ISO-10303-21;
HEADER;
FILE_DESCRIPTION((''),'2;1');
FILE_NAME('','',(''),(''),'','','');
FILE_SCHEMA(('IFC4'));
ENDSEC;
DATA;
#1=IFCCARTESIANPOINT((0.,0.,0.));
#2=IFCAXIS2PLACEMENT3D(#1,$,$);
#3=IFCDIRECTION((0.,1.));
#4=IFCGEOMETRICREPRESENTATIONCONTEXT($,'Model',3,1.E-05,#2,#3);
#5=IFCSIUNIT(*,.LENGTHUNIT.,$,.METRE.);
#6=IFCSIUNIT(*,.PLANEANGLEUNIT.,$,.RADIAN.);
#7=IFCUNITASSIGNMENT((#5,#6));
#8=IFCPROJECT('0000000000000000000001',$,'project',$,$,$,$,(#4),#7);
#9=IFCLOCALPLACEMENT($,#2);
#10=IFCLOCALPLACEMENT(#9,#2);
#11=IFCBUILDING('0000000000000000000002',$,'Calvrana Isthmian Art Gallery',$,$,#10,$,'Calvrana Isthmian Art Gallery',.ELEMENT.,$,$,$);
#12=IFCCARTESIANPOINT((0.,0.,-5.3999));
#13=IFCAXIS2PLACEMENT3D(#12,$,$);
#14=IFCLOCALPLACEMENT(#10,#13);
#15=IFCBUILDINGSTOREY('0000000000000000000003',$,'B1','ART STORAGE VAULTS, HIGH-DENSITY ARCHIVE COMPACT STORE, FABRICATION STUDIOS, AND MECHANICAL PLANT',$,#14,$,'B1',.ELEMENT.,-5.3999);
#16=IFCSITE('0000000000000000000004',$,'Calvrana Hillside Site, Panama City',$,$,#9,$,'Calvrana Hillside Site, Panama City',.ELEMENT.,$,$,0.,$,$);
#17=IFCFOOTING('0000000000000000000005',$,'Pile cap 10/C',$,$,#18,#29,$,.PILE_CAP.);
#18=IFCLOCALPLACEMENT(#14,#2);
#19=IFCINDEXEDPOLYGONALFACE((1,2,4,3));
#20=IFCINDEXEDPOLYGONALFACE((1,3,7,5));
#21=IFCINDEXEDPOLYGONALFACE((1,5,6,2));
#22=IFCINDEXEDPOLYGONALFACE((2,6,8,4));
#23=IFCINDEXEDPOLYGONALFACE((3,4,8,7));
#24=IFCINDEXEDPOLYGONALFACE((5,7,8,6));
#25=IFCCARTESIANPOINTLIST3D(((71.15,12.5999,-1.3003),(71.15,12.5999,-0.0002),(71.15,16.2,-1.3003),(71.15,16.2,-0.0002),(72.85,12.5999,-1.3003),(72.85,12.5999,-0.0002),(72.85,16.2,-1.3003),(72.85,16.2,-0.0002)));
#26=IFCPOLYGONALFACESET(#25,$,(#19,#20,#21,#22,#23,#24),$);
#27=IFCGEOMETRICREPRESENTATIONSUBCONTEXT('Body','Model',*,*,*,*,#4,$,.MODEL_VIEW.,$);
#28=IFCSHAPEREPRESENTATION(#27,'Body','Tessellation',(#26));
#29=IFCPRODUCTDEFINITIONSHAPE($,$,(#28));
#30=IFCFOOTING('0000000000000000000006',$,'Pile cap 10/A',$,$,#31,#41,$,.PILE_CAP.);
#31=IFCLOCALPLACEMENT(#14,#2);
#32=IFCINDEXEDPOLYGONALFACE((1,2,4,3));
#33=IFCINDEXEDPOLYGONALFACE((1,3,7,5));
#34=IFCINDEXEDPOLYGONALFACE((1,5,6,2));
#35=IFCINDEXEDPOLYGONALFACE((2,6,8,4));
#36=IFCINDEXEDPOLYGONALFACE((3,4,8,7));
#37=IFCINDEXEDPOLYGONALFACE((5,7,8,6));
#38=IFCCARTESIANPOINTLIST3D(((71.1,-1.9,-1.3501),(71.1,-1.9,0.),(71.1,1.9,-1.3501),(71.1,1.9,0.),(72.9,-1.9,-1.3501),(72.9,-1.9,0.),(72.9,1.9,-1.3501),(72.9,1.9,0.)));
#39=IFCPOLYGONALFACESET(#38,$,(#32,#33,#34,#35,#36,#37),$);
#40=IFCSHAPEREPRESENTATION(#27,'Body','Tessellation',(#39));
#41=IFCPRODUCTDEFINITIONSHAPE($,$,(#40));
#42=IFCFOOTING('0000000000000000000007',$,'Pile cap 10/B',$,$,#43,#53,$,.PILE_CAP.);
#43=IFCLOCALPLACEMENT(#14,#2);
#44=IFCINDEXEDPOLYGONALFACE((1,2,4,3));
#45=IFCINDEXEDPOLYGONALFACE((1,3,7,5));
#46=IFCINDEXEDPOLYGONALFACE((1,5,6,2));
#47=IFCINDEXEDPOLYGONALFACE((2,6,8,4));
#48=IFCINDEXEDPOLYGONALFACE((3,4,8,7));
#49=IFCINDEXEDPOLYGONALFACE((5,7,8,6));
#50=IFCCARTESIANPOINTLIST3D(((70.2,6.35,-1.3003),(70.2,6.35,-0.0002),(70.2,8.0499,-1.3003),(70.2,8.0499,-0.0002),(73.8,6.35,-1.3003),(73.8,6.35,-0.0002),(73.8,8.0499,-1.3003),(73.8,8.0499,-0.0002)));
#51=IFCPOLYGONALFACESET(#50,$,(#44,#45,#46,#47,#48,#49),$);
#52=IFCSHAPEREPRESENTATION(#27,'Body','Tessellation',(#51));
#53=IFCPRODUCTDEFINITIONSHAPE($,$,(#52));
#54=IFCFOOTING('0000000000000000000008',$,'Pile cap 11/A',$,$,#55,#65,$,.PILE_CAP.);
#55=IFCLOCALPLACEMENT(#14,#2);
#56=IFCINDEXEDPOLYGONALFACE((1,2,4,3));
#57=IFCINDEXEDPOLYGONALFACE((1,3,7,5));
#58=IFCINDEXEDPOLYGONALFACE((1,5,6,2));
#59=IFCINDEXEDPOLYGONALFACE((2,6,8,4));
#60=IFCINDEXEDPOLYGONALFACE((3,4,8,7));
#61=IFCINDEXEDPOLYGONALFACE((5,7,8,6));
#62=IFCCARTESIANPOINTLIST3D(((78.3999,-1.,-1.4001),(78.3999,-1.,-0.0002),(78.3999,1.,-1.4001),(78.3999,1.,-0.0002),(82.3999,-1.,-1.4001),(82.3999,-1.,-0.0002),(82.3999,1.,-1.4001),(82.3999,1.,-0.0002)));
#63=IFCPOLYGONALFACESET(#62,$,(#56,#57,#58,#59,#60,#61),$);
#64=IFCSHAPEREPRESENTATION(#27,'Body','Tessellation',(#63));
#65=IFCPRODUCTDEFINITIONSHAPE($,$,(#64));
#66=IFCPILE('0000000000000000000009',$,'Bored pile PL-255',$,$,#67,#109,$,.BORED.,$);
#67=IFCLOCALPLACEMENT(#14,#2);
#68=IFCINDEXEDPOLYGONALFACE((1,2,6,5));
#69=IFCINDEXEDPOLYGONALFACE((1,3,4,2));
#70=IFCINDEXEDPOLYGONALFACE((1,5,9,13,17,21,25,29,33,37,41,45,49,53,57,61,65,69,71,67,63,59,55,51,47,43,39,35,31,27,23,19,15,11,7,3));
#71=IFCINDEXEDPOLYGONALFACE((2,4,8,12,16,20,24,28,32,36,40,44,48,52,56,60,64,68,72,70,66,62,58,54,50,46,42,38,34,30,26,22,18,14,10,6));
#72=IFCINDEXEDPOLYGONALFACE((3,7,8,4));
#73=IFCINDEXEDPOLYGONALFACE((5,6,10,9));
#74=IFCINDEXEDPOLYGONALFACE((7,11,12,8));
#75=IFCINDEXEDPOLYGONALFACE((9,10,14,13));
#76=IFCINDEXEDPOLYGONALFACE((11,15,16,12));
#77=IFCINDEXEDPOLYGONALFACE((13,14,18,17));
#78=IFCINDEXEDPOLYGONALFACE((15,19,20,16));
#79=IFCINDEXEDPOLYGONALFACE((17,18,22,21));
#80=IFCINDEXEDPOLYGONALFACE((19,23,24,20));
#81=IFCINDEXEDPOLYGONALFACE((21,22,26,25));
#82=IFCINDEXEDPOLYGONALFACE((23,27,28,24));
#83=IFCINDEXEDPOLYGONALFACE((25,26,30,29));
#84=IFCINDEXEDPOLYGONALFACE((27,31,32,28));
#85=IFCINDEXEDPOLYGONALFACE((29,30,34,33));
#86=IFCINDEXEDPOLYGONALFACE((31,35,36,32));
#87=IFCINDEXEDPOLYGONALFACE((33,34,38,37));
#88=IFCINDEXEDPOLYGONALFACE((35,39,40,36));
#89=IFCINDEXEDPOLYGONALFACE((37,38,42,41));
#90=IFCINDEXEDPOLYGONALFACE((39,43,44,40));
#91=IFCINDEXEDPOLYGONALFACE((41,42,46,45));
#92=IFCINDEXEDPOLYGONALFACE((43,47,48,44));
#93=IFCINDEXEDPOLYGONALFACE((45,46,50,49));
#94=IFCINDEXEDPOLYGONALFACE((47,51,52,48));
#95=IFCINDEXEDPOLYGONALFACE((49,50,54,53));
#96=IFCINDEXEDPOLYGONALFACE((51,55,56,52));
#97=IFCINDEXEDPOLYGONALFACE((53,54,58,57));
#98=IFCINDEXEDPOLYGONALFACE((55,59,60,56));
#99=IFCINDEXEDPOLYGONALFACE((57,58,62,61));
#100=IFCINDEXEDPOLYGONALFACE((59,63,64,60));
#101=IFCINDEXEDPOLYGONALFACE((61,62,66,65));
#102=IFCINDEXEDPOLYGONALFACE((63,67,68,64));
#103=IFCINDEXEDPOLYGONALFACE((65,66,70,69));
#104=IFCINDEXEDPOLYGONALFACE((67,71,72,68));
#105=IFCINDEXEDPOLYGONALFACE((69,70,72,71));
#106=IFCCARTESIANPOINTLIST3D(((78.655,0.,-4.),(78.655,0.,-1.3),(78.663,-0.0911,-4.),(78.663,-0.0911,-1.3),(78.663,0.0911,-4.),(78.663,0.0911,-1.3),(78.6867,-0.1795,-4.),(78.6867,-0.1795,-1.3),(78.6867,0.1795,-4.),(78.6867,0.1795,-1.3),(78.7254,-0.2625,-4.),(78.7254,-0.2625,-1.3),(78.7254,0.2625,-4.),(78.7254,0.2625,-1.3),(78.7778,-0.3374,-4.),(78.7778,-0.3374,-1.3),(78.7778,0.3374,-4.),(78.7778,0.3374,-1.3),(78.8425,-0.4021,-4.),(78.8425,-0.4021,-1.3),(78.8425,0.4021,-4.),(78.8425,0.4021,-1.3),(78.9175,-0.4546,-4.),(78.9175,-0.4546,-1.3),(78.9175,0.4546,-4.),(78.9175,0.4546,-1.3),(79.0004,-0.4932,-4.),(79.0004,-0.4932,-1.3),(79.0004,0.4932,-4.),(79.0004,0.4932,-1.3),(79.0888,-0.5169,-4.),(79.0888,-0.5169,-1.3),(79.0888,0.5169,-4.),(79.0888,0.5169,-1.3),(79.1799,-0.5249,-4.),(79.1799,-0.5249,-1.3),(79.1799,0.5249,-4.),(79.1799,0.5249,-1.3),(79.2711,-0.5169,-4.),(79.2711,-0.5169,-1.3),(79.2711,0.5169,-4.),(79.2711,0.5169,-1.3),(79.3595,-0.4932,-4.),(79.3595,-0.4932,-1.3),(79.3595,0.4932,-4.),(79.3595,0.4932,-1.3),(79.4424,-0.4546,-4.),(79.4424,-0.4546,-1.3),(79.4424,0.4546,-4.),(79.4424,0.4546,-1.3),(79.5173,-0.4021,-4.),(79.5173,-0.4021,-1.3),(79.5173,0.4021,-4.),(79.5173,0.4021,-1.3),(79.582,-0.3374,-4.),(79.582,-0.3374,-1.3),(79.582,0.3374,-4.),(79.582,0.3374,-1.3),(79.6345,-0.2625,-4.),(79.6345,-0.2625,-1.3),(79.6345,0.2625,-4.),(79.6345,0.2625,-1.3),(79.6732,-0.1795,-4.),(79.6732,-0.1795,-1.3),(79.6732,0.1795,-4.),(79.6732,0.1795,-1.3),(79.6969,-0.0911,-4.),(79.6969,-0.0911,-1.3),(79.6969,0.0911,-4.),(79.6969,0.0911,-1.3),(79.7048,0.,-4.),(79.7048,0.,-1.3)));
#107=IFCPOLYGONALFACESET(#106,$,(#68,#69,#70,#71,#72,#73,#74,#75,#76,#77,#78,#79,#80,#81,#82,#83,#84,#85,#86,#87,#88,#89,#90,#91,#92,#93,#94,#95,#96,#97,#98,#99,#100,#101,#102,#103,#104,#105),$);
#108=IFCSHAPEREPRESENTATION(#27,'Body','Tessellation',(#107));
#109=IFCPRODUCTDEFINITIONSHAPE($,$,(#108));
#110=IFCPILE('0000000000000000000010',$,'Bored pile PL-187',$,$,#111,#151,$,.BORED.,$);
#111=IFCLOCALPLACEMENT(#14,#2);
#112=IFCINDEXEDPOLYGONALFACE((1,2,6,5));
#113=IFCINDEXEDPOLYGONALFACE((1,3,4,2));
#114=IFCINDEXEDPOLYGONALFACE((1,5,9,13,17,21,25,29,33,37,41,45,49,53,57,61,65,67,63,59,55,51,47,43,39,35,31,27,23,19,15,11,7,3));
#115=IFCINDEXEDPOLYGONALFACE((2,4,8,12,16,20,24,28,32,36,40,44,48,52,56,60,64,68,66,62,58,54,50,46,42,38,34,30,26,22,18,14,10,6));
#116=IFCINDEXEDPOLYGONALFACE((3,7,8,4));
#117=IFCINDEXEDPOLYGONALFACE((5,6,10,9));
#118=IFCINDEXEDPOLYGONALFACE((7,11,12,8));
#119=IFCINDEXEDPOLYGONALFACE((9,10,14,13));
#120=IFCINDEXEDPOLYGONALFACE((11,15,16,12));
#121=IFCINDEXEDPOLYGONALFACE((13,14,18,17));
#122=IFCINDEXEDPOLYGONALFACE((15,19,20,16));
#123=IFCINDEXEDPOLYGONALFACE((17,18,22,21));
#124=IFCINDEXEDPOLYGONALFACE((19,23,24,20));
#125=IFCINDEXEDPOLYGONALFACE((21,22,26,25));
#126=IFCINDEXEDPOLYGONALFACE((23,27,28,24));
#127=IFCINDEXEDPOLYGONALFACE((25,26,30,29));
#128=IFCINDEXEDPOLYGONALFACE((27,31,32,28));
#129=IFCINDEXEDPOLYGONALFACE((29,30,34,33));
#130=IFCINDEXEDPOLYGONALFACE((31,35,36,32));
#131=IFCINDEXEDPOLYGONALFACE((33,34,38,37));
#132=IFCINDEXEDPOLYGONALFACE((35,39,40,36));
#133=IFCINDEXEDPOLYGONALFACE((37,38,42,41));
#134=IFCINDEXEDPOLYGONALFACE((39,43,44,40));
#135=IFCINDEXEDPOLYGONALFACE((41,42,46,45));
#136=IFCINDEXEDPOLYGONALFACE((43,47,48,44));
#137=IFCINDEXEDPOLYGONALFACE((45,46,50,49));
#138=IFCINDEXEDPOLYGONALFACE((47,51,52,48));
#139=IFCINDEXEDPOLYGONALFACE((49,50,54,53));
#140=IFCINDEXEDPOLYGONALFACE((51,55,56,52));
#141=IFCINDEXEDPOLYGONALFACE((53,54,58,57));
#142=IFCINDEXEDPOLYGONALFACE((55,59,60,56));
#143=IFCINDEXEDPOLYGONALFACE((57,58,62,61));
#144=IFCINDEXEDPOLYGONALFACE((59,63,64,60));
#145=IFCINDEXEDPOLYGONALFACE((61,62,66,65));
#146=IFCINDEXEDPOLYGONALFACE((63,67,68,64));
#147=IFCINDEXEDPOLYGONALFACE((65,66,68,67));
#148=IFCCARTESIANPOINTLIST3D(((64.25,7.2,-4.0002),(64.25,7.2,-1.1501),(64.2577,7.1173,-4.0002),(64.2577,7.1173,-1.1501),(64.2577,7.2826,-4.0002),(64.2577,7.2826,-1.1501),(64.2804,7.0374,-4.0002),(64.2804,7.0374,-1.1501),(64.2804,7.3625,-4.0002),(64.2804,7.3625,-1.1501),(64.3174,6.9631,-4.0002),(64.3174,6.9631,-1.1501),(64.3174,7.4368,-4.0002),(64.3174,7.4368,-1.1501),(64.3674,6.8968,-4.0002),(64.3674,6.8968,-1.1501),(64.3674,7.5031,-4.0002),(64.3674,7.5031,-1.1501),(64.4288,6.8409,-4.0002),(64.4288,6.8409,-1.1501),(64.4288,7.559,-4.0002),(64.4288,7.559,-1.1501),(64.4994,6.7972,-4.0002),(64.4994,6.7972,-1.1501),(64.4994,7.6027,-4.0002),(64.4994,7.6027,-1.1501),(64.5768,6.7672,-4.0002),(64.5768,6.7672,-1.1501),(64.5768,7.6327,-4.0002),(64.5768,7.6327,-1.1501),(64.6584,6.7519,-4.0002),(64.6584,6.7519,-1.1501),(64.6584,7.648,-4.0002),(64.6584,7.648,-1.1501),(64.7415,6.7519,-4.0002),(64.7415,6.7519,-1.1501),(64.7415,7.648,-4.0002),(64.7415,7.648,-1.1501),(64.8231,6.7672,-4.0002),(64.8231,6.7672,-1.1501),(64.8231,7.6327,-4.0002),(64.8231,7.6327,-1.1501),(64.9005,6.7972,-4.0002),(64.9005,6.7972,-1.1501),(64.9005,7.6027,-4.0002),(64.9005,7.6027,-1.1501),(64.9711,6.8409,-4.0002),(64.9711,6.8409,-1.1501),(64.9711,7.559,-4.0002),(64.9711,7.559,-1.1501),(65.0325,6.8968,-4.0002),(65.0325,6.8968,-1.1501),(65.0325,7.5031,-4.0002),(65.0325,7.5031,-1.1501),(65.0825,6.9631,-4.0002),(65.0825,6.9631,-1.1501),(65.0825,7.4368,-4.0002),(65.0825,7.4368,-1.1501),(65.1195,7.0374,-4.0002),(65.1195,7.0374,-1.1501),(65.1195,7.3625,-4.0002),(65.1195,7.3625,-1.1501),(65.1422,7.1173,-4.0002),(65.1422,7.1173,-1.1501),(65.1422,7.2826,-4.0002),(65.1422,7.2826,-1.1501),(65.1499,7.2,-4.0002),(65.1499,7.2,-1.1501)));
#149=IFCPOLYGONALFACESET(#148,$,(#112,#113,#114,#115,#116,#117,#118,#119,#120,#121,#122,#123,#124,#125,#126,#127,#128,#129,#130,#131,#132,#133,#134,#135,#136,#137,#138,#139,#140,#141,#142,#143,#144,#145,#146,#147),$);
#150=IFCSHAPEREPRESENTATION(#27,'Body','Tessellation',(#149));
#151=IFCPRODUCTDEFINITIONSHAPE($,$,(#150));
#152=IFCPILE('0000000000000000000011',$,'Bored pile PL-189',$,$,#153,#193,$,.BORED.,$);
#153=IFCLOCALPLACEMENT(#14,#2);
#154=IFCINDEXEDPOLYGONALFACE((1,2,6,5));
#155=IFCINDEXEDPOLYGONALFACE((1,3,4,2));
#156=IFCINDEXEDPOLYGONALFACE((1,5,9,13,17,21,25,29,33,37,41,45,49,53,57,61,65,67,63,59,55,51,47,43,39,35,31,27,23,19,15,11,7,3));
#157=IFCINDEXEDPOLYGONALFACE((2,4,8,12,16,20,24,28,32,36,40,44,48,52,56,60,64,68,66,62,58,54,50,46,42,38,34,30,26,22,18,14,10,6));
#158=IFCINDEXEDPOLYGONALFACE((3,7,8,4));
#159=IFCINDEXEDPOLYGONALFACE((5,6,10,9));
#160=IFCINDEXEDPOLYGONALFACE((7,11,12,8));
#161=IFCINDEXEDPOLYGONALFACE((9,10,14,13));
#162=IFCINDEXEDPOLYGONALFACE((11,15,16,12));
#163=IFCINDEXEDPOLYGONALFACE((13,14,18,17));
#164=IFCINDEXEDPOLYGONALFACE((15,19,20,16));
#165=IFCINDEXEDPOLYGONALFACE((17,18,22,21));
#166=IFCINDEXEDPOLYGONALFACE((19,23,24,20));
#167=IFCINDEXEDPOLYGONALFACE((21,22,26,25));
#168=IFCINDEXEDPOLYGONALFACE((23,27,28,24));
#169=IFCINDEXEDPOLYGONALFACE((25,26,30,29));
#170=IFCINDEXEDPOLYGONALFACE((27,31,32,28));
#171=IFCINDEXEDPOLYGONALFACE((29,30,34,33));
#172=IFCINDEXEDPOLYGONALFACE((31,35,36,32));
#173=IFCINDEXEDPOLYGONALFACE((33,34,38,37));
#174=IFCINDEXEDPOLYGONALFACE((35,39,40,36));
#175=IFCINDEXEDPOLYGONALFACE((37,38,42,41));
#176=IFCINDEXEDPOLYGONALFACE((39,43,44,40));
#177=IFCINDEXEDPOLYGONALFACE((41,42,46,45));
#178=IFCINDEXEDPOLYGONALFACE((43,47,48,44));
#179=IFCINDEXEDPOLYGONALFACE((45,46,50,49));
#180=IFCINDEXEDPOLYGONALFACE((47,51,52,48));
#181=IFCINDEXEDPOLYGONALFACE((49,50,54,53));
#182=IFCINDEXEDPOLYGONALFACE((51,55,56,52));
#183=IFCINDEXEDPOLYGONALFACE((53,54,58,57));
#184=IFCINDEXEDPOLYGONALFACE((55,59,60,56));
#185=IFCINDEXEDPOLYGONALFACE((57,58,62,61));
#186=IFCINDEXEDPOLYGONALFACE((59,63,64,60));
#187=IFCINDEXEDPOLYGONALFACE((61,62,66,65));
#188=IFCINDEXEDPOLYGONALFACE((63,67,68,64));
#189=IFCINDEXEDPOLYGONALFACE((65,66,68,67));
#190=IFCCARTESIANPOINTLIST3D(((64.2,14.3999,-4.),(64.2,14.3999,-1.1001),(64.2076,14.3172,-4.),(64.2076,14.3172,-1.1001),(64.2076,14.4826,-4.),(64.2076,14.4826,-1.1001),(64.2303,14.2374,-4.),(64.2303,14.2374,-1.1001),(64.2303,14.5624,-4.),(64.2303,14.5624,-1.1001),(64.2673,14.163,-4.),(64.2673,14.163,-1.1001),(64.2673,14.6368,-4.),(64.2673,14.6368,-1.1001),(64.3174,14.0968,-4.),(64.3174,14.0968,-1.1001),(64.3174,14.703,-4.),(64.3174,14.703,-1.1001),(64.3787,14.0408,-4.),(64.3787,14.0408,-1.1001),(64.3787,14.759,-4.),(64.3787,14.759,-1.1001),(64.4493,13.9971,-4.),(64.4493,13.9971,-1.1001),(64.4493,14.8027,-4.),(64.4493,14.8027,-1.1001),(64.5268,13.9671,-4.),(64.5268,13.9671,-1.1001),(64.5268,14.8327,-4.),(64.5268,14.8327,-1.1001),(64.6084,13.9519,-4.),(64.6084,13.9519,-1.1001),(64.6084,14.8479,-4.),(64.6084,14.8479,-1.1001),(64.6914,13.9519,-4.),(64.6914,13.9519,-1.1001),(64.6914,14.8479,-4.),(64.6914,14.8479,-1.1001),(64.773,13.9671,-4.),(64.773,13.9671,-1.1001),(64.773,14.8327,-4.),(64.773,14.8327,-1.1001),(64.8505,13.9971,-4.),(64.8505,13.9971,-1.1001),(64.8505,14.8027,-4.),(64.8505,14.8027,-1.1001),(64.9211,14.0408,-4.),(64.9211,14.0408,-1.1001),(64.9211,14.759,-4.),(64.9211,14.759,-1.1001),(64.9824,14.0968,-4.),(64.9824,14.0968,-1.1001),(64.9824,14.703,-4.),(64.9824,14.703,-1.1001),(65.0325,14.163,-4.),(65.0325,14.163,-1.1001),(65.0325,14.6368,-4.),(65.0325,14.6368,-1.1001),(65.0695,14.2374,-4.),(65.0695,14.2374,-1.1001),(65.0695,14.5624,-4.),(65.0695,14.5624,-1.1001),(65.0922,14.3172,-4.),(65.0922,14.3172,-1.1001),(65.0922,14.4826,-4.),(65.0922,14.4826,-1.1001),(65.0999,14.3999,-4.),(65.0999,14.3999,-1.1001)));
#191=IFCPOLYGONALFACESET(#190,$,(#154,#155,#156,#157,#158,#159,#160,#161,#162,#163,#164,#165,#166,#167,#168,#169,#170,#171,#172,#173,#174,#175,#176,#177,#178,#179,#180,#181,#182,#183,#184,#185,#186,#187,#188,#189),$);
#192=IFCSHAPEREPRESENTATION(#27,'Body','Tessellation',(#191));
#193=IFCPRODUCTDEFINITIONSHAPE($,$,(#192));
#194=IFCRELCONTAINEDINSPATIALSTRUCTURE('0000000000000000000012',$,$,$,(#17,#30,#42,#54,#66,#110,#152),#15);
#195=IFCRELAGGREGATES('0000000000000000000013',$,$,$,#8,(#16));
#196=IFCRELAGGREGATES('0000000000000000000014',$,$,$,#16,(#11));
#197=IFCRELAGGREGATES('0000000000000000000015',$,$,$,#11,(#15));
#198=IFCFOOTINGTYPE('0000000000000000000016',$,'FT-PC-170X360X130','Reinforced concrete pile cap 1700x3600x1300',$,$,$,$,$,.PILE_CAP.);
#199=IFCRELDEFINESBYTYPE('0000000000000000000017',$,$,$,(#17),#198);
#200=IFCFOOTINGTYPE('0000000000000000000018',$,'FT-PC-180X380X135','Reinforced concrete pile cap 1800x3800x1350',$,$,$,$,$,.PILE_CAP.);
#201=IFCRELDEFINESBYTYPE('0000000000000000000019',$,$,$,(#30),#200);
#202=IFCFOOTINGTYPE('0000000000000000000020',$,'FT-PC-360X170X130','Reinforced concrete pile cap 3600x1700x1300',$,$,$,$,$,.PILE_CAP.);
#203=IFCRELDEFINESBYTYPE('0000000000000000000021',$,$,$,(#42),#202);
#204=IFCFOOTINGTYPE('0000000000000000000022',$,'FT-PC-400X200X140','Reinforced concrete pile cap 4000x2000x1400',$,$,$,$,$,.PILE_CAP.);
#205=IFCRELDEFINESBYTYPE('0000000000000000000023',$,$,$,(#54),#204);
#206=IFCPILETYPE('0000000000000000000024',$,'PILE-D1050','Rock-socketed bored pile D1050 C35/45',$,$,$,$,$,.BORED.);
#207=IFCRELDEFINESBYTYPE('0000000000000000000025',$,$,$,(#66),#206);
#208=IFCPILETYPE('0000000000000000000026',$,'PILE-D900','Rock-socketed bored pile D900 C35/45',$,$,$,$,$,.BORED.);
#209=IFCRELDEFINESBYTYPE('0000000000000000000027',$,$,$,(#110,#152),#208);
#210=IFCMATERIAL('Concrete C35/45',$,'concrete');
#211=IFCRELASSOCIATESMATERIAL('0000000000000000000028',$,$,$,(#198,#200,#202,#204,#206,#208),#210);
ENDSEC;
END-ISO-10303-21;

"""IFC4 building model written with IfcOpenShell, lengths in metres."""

from ifc_helpers import new_model, si_unit, direction, frame, origin, origin_2d, place, context, subcontext, project, spatial, rectangle, circle, extrude, material, material_profile, profile_set, type_object, element, save


model = new_model("IFC4")

# Units and contexts
model_context = context("Model", 3, precision=1e-05, world=origin(), true_north=direction((0.0, 1.0)))
body_context = subcontext(model_context, "Body", "Model", "MODEL_VIEW")
ifc_project = project(units=[si_unit("LENGTHUNIT", "METRE"), si_unit("PLANEANGLEUNIT", "RADIAN")], contexts=[model_context])

# Site, building, storey
site_placement = place(None, origin())
site = spatial("IfcSite", under=ifc_project, at=site_placement, Name="Calvrana Hillside Site, Panama City", LongName="Calvrana Hillside Site, Panama City", CompositionType="ELEMENT", RefElevation=0.0)
building_placement = place(site_placement, origin())
building = spatial("IfcBuilding", under=site, at=building_placement, Name="Calvrana Isthmian Art Gallery", LongName="Calvrana Isthmian Art Gallery", CompositionType="ELEMENT")
storey_placement = place(building_placement, frame((0.0, 0.0, -5.3999)))
storey = spatial("IfcBuildingStorey", under=building, at=storey_placement, Name="B1", Description="ART STORAGE VAULTS, HIGH-DENSITY ARCHIVE COMPACT STORE, FABRICATION STUDIOS, AND MECHANICAL PLANT", LongName="B1", CompositionType="ELEMENT", Elevation=-5.3999)

# Footings
ifc_material_1 = material(Name="Concrete C35/45", Category="concrete")
footing_type_1 = type_object("IfcFootingType", Name="FT-PC-170X360X130", Description="Reinforced concrete pile cap 1700x3600x1300", PredefinedType="PILE_CAP", material=ifc_material_1)
footing_1_placement = place(storey_placement, frame((72.0, 14.3999, -1.3003), z_axis=(0.0, 0.0, 1.0), x_axis=(1.0, 0.0, 0.0)))
element("IfcFooting", 1, at=footing_1_placement, inside=storey, type_object=footing_type_1, Name="Pile cap 10/C", PredefinedType="PILE_CAP", context=body_context, shape_type="SweptSolid", body=[
    extrude(rectangle(XDim=1.7, YDim=3.6001, at=origin_2d()), origin(), (0.0, 0.0, 1.0), 1.3),
])
footing_type_2 = type_object("IfcFootingType", Name="FT-PC-180X380X135", Description="Reinforced concrete pile cap 1800x3800x1350", PredefinedType="PILE_CAP", material=ifc_material_1)
footing_2_placement = place(storey_placement, frame((72.0, 0.0, -1.3501), z_axis=(0.0, 0.0, 1.0), x_axis=(1.0, 0.0, 0.0)))
element("IfcFooting", 2, at=footing_2_placement, inside=storey, type_object=footing_type_2, Name="Pile cap 10/A", PredefinedType="PILE_CAP", context=body_context, shape_type="SweptSolid", body=[
    extrude(rectangle(XDim=1.8, YDim=3.8, at=origin_2d()), origin(), (0.0, 0.0, 1.0), 1.3501),
])
footing_type_3 = type_object("IfcFootingType", Name="FT-PC-360X170X130", Description="Reinforced concrete pile cap 3600x1700x1300", PredefinedType="PILE_CAP", material=ifc_material_1)
footing_3_placement = place(storey_placement, frame((72.0, 7.2, -1.3003), z_axis=(0.0, 0.0, 1.0), x_axis=(1.0, 0.0, 0.0)))
element("IfcFooting", 3, at=footing_3_placement, inside=storey, type_object=footing_type_3, Name="Pile cap 10/B", PredefinedType="PILE_CAP", context=body_context, shape_type="SweptSolid", body=[
    extrude(rectangle(XDim=3.6001, YDim=1.7, at=origin_2d()), origin(), (0.0, 0.0, 1.0), 1.3),
])
footing_type_4 = type_object("IfcFootingType", Name="FT-PC-400X200X140", Description="Reinforced concrete pile cap 4000x2000x1400", PredefinedType="PILE_CAP", material=ifc_material_1)
footing_4_placement = place(storey_placement, frame((80.3999, 0.0, -1.4001), z_axis=(0.0, 0.0, 1.0), x_axis=(1.0, 0.0, 0.0)))
element("IfcFooting", 4, at=footing_4_placement, inside=storey, type_object=footing_type_4, Name="Pile cap 11/A", PredefinedType="PILE_CAP", context=body_context, shape_type="SweptSolid", body=[
    extrude(rectangle(XDim=4.0, YDim=2.0, at=origin_2d()), origin(), (0.0, 0.0, 1.0), 1.3999),
])

# Piles
ifc_material_profile_1 = material_profile(ifc_material_1, circle(Radius=0.5249, at=origin_2d()), Name="PILE1050D")
ifc_profile_set_1 = profile_set([ifc_material_profile_1], Name="Concrete C35/45")
pile_type_1 = type_object("IfcPileType", Name="PILE-D1050", Description="Rock-socketed bored pile D1050 C35/45", PredefinedType="BORED", material=ifc_profile_set_1)
pile_1_placement = place(storey_placement, frame((79.1799, 0.0, -1.3), z_axis=(0.0, 0.0, -1.0), x_axis=(1.0, 0.0, 0.0)))
element("IfcPile", 5, at=pile_1_placement, inside=storey, type_object=pile_type_1, Name="Bored pile PL-255", PredefinedType="BORED", context=body_context, shape_type="SweptSolid", body=[
    extrude(circle(Radius=0.5249, at=origin_2d()), origin(), (0.0, 0.0, 1.0), 2.7),
])
ifc_material_profile_2 = material_profile(ifc_material_1, circle(Radius=0.45, at=origin_2d()), Name="PILE900D")
ifc_profile_set_2 = profile_set([ifc_material_profile_2], Name="Concrete C35/45")
pile_type_2 = type_object("IfcPileType", Name="PILE-D900", Description="Rock-socketed bored pile D900 C35/45", PredefinedType="BORED", material=ifc_profile_set_2)
pile_2_placement = place(storey_placement, frame((64.7, 7.2, -1.1501), z_axis=(0.0, 0.0, -1.0), x_axis=(1.0, 0.0, 0.0)))
element("IfcPile", 6, at=pile_2_placement, inside=storey, type_object=pile_type_2, Name="Bored pile PL-187", PredefinedType="BORED", context=body_context, shape_type="SweptSolid", body=[
    extrude(circle(Radius=0.45, at=origin_2d()), origin(), (0.0, 0.0, 1.0), 2.8501),
])
pile_3_placement = place(storey_placement, frame((64.6499, 14.3999, -1.1001), z_axis=(0.0, 0.0, -1.0), x_axis=(1.0, 0.0, 0.0)))
element("IfcPile", 7, at=pile_3_placement, inside=storey, type_object=pile_type_2, Name="Bored pile PL-189", PredefinedType="BORED", context=body_context, shape_type="SweptSolid", body=[
    extrude(circle(Radius=0.45, at=origin_2d()), origin(), (0.0, 0.0, 1.0), 2.8999),
])

save(model, "model.ifc")
